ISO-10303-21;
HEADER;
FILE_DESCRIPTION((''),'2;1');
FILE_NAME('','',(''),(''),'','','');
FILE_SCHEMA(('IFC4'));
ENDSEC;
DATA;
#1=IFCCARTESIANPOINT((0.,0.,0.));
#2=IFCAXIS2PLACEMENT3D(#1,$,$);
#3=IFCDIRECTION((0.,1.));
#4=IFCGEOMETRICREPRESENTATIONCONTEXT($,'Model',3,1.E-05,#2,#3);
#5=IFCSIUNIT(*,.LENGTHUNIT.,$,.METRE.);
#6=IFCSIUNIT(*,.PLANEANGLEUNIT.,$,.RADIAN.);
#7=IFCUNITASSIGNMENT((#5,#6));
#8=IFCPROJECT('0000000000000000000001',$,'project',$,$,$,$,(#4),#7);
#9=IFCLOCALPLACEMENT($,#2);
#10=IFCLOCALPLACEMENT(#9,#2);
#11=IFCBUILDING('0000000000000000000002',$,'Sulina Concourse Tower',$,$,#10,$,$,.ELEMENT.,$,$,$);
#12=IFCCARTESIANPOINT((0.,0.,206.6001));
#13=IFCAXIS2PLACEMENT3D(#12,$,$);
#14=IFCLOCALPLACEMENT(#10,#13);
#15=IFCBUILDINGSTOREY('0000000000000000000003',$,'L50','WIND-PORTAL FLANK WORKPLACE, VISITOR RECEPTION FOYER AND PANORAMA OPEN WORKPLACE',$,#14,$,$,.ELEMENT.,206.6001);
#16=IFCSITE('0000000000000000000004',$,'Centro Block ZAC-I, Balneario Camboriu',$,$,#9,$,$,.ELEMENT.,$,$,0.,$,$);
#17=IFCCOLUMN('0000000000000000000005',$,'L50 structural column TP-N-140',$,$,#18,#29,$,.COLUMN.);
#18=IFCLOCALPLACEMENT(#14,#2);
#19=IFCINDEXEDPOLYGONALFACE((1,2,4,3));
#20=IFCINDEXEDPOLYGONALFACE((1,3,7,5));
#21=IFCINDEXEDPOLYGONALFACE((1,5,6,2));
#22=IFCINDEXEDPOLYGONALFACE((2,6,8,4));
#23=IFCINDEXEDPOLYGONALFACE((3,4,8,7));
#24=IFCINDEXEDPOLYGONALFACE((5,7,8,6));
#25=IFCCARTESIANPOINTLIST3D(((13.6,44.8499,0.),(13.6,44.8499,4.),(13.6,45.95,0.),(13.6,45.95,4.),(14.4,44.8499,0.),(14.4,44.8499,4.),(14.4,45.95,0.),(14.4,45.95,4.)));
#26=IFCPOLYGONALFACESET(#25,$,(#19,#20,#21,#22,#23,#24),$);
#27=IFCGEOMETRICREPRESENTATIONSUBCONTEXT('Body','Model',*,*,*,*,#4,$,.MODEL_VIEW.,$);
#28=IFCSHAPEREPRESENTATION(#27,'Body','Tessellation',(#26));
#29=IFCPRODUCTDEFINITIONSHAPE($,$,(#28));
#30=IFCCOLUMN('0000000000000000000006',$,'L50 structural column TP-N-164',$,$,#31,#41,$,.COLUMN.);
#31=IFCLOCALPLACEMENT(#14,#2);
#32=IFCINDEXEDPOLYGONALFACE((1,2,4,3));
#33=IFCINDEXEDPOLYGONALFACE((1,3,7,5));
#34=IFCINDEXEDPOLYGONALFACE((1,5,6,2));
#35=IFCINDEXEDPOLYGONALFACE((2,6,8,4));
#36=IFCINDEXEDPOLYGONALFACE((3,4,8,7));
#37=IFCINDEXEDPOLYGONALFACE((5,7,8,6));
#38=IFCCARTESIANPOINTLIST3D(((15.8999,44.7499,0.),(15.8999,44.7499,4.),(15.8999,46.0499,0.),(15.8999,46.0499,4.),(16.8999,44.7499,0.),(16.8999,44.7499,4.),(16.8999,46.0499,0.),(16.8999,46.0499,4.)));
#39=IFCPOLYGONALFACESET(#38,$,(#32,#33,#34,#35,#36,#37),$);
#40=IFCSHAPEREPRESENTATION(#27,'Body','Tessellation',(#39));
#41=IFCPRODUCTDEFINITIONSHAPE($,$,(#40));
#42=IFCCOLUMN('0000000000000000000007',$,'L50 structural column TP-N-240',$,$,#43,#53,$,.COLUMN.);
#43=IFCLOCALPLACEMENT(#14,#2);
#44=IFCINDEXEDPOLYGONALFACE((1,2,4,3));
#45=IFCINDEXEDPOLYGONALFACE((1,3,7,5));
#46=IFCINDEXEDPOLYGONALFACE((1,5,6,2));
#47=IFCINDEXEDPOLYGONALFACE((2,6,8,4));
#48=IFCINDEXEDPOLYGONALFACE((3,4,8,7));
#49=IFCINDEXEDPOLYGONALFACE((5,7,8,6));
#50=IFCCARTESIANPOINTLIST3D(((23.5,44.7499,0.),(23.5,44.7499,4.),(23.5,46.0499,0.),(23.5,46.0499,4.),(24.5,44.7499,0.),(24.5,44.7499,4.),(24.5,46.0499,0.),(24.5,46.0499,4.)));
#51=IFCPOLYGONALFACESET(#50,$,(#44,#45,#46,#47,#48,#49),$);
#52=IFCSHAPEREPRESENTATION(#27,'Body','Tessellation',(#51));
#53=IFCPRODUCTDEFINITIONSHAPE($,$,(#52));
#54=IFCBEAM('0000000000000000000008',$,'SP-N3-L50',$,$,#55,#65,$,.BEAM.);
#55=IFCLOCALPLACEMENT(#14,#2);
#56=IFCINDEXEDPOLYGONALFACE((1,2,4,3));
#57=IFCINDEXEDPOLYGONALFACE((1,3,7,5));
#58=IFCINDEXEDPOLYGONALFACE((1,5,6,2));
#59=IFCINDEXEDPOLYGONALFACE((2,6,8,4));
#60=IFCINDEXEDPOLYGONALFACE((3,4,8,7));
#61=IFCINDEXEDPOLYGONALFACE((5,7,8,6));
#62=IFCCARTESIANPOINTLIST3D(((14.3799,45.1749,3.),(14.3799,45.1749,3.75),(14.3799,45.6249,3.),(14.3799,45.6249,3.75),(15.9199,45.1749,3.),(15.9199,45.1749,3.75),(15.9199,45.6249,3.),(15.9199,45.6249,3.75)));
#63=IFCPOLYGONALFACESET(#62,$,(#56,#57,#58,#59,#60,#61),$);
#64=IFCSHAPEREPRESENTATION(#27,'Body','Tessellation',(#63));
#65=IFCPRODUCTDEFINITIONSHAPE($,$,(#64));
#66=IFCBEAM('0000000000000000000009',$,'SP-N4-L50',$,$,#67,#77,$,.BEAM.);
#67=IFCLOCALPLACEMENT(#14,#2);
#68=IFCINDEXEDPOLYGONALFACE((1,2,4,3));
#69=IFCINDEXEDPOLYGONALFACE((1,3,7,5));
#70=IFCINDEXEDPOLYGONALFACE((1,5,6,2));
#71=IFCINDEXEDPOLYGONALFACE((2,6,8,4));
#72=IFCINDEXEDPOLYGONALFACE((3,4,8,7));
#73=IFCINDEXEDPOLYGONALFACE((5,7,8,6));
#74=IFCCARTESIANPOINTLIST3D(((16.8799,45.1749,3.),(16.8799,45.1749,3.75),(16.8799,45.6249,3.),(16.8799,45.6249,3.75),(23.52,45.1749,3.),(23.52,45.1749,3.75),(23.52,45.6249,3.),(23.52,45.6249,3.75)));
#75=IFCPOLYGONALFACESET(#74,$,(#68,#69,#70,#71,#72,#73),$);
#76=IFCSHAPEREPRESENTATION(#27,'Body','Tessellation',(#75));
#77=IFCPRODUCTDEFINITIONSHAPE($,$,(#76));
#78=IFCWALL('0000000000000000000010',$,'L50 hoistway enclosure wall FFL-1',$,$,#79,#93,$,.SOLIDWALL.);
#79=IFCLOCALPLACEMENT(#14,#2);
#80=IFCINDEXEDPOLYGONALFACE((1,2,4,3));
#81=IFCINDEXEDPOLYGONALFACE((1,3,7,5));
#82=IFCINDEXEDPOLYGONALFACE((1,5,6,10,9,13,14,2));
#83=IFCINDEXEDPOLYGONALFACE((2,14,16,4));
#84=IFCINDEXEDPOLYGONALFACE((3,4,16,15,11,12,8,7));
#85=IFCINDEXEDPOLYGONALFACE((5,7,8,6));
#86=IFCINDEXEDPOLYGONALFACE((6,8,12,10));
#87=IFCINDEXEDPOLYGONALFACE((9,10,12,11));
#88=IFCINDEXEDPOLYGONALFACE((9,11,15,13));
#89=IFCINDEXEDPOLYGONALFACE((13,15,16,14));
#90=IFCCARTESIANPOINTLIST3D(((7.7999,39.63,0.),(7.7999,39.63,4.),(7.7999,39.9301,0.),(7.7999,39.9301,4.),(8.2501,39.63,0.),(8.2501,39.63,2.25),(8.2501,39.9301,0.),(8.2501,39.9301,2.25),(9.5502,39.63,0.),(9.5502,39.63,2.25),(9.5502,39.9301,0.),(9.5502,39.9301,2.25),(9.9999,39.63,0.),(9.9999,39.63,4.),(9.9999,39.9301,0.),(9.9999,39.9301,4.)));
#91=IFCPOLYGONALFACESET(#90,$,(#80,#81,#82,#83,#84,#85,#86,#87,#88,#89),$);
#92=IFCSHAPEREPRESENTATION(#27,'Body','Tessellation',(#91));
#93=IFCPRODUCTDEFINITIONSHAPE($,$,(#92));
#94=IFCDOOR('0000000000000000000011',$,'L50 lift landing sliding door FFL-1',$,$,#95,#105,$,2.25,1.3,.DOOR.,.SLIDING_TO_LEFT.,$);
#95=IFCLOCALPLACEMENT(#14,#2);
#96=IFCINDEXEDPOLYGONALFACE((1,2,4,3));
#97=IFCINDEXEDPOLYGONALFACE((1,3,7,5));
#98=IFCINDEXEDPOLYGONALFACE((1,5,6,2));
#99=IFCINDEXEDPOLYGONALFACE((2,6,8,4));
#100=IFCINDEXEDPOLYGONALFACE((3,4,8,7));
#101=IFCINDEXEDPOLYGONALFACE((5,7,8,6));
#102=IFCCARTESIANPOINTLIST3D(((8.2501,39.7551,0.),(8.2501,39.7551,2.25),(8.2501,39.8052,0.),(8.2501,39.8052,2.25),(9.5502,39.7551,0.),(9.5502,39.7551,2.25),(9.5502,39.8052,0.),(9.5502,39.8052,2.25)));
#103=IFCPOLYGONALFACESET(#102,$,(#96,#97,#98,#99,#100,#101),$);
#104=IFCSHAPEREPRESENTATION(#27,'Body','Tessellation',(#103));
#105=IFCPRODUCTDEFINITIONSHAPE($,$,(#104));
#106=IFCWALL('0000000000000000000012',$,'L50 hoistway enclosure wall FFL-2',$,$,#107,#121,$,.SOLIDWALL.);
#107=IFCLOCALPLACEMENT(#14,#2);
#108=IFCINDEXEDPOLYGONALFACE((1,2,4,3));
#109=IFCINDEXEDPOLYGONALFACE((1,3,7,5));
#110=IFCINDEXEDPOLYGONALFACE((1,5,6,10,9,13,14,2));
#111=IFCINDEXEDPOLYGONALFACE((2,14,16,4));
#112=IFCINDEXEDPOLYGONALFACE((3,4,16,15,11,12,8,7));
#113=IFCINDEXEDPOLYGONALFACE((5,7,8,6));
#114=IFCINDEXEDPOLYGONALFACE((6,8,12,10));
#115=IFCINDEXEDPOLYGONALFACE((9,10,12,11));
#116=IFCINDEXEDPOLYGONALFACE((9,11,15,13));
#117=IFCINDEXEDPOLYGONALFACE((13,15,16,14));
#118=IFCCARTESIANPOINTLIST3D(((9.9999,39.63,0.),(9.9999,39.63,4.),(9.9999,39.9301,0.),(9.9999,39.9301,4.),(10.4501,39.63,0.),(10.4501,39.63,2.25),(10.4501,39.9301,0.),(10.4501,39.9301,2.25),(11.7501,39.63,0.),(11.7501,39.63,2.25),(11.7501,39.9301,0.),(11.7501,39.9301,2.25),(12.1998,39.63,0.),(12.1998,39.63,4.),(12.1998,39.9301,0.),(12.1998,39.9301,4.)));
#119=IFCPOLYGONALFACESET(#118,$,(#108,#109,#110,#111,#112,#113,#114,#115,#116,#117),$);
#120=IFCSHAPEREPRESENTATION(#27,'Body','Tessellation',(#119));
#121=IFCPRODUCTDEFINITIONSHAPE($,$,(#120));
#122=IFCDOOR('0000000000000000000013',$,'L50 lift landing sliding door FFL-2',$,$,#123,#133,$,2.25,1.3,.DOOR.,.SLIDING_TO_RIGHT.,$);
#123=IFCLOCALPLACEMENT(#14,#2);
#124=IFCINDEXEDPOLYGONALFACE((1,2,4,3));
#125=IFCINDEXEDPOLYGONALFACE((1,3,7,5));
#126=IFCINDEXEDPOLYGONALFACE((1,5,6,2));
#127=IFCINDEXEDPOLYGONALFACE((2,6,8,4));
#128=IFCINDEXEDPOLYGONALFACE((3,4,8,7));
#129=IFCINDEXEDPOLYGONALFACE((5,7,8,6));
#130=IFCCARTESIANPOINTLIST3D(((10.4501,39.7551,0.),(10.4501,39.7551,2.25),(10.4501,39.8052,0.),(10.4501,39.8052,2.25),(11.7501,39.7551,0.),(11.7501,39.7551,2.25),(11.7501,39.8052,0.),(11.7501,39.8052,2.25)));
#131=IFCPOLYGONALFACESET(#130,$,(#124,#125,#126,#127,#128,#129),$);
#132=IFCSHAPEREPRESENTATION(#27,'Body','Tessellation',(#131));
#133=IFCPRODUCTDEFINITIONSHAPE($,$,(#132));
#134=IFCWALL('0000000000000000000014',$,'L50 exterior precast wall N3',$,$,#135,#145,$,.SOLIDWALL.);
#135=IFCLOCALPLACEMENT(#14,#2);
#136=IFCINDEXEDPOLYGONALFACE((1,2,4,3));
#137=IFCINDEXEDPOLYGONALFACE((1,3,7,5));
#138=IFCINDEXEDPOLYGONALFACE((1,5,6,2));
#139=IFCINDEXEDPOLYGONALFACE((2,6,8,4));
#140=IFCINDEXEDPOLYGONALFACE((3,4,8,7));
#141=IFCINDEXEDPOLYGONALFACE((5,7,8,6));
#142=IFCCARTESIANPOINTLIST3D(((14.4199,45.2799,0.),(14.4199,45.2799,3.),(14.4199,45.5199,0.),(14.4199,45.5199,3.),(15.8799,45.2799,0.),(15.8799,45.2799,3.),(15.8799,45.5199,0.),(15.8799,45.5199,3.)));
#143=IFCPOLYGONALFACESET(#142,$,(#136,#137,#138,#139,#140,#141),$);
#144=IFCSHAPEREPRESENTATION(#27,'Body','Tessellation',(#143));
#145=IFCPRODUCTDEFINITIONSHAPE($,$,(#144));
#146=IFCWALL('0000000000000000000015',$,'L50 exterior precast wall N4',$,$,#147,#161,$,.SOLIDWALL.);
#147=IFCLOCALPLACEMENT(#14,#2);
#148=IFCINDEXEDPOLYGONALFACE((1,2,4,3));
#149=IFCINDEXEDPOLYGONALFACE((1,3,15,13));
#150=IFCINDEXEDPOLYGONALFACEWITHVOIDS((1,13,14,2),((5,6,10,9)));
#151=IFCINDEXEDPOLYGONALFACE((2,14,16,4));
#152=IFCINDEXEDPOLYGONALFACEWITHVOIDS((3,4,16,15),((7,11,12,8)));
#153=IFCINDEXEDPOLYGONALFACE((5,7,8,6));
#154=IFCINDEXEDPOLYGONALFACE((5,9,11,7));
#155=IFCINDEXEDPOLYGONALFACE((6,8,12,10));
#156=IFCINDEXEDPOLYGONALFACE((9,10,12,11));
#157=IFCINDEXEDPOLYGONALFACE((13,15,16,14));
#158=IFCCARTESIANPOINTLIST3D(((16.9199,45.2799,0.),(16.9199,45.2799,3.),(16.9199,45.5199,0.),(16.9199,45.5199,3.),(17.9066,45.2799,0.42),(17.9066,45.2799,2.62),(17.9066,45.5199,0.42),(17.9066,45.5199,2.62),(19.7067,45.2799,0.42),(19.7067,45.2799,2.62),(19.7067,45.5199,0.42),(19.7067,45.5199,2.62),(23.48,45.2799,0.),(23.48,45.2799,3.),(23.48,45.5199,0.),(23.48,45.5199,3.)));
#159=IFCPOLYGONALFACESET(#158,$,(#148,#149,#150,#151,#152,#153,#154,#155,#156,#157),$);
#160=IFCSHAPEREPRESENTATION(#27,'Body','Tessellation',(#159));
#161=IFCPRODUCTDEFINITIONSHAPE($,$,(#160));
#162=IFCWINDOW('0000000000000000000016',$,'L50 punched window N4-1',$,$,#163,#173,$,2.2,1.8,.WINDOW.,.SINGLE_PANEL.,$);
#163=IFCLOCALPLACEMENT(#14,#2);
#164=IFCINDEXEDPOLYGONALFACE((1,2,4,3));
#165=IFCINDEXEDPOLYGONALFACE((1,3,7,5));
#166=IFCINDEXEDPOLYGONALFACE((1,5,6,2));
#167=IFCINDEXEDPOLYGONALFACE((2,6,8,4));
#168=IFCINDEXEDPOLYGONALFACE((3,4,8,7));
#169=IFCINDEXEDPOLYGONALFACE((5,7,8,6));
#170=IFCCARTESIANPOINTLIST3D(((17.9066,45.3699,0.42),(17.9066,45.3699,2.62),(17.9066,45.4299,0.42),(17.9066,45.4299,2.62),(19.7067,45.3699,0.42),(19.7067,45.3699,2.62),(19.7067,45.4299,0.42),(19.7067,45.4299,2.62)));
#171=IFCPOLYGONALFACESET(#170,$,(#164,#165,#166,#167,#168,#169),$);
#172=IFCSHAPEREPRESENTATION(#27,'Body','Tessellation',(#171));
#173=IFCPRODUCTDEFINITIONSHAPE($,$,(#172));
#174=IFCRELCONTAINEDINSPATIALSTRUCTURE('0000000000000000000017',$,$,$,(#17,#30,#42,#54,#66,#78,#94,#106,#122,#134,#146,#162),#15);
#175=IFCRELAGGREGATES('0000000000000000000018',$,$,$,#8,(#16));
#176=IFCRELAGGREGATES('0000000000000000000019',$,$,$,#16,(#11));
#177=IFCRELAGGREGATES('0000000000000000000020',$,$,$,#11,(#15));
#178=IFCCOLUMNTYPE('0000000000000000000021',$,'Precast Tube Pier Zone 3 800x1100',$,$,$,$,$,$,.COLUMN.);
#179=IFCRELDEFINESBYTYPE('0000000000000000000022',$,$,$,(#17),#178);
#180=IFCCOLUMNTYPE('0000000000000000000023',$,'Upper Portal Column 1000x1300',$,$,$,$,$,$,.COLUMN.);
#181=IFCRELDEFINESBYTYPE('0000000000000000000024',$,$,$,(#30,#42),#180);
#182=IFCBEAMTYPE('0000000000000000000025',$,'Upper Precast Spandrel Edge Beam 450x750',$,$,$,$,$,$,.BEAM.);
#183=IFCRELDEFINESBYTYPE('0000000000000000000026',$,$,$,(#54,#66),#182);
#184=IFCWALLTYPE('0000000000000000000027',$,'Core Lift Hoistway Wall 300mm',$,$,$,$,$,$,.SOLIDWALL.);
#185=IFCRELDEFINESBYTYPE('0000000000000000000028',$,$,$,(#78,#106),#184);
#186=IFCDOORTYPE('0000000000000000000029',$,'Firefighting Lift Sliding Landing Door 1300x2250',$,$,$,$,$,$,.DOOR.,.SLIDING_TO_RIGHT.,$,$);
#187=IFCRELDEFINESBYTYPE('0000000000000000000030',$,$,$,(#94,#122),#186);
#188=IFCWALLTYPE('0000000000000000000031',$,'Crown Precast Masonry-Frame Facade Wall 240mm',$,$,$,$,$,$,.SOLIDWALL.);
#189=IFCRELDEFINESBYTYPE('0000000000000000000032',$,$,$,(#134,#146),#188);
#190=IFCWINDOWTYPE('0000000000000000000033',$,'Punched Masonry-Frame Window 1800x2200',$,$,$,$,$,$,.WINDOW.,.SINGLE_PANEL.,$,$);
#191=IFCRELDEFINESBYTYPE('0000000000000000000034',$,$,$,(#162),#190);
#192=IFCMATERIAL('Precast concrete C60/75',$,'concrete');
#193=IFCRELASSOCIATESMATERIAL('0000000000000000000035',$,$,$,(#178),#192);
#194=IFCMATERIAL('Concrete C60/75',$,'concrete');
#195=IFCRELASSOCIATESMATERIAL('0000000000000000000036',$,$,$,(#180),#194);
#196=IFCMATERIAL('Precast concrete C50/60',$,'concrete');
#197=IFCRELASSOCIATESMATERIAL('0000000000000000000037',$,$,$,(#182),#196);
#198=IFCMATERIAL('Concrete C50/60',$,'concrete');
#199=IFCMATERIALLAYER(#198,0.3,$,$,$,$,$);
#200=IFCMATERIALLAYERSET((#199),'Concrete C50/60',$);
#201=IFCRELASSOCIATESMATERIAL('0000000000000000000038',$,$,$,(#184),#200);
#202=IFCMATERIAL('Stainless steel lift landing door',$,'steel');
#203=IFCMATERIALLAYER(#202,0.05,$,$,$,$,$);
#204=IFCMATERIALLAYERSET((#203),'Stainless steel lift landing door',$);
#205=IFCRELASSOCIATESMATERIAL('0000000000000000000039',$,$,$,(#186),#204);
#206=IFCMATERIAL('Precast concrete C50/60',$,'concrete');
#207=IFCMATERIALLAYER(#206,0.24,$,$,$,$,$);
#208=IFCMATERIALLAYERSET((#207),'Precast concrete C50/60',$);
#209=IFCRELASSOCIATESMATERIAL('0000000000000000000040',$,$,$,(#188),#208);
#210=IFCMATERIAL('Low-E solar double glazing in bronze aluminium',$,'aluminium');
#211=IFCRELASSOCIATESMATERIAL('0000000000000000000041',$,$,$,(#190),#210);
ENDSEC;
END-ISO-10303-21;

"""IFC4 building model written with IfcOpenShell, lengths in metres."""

from ifc_helpers import new_model, si_unit, direction, frame, frame_2d, origin, origin_2d, place, context, subcontext, project, spatial, rectangle, extrude, material, layer, layer_set, material_profile, profile_set, type_object, element, fill, save


model = new_model("IFC4")

# Units and contexts
model_context = context("Model", 3, precision=1e-05, world=origin(), true_north=direction((0.0, 1.0)))
body_context = subcontext(model_context, "Body", "Model", "MODEL_VIEW")
ifc_project = project(units=[si_unit("LENGTHUNIT", "METRE"), si_unit("PLANEANGLEUNIT", "RADIAN")], contexts=[model_context])

# Site, building, storey
site_placement = place(None, origin())
site = spatial("IfcSite", under=ifc_project, at=site_placement, Name="Centro Block ZAC-I, Balneario Camboriu", CompositionType="ELEMENT", RefElevation=0.0)
building_placement = place(site_placement, origin())
building = spatial("IfcBuilding", under=site, at=building_placement, Name="Sulina Concourse Tower", CompositionType="ELEMENT")
storey_placement = place(building_placement, frame((0.0, 0.0, 206.6001)))
storey = spatial("IfcBuildingStorey", under=building, at=storey_placement, Name="L50", Description="WIND-PORTAL FLANK WORKPLACE, VISITOR RECEPTION FOYER AND PANORAMA OPEN WORKPLACE", CompositionType="ELEMENT", Elevation=206.6001)

# Columns
ifc_material_1 = material(Name="Precast concrete C60/75", Category="concrete")
ifc_material_profile_1 = material_profile(ifc_material_1, rectangle(XDim=0.8, YDim=1.1001, at=origin_2d()), Name="PC 800x1100")
ifc_profile_set_1 = profile_set([ifc_material_profile_1], Name="Precast concrete C60/75")
column_type_1 = type_object("IfcColumnType", Name="Precast Tube Pier Zone 3 800x1100", PredefinedType="COLUMN", material=ifc_profile_set_1)
column_placement = place(storey_placement, frame((14.0, 45.3999, 0.0), z_axis=(0.0, 0.0, 1.0), x_axis=(1.0, 0.0, 0.0)))
element("IfcColumn", 1, at=column_placement, inside=storey, type_object=column_type_1, Name="L50 structural column TP-N-140", PredefinedType="COLUMN", context=body_context, shape_type="SweptSolid", body=[
    extrude(rectangle(XDim=0.8, YDim=1.1001, at=origin_2d()), origin(), (0.0, 0.0, 1.0), 4.0),
])
ifc_material_2 = material(Name="Concrete C60/75", Category="concrete")
ifc_material_profile_2 = material_profile(ifc_material_2, rectangle(XDim=1.0, YDim=1.3, at=origin_2d()), Name="RC 1000x1300")
ifc_profile_set_2 = profile_set([ifc_material_profile_2], Name="Concrete C60/75")
column_type_2 = type_object("IfcColumnType", Name="Upper Portal Column 1000x1300", PredefinedType="COLUMN", material=ifc_profile_set_2)
for number, where, z_axis, x_axis, name in (
    (2, (16.3999, 45.3999, 0.0), (0.0, 0.0, 1.0), (1.0, 0.0, 0.0), "L50 structural column TP-N-164"),
    (3, (24.0, 45.3999, 0.0), (0.0, 0.0, 1.0), (1.0, 0.0, 0.0), "L50 structural column TP-N-240"),
):
    element("IfcColumn", number, at=place(storey_placement, frame(where, z_axis=z_axis, x_axis=x_axis)), inside=storey, type_object=column_type_2, Name=name, PredefinedType="COLUMN", context=body_context, shape_type="SweptSolid", body=[
        extrude(rectangle(XDim=1.0, YDim=1.3, at=origin_2d()), origin(), (0.0, 0.0, 1.0), 4.0),
    ])

# Beams
ifc_material_3 = material(Name="Precast concrete C50/60", Category="concrete")
ifc_material_profile_3 = material_profile(ifc_material_3, rectangle(XDim=0.45, YDim=0.75, at=origin_2d()), Name="RC 450x750")
ifc_profile_set_3 = profile_set([ifc_material_profile_3], Name="Precast concrete C50/60")
beam_type = type_object("IfcBeamType", Name="Upper Precast Spandrel Edge Beam 450x750", PredefinedType="BEAM", material=ifc_profile_set_3)
beam_1_placement = place(storey_placement, frame((14.3799, 45.3999, 3.375), z_axis=(1.0, 0.0, 0.0), x_axis=(0.0, 1.0, 0.0)))
element("IfcBeam", 4, at=beam_1_placement, inside=storey, type_object=beam_type, Name="SP-N3-L50", PredefinedType="BEAM", context=body_context, shape_type="SweptSolid", body=[
    extrude(rectangle(XDim=0.45, YDim=0.75, at=origin_2d()), origin(), (0.0, 0.0, 1.0), 1.54),
])
beam_2_placement = place(storey_placement, frame((16.8799, 45.3999, 3.375), z_axis=(1.0, 0.0, 0.0), x_axis=(0.0, 1.0, 0.0)))
element("IfcBeam", 5, at=beam_2_placement, inside=storey, type_object=beam_type, Name="SP-N4-L50", PredefinedType="BEAM", context=body_context, shape_type="SweptSolid", body=[
    extrude(rectangle(XDim=0.45, YDim=0.75, at=origin_2d()), origin(), (0.0, 0.0, 1.0), 6.6401),
])

# Walls, openings, doors
ifc_material_4 = material(Name="Concrete C50/60", Category="concrete")
ifc_layer_1 = layer(ifc_material_4, 0.3)
ifc_layer_set_1 = layer_set([ifc_layer_1], Name="Concrete C50/60")
wall_type_1 = type_object("IfcWallType", Name="Core Lift Hoistway Wall 300mm", PredefinedType="SOLIDWALL", material=ifc_layer_set_1)
wall_1_placement = place(storey_placement, frame((10.0, 39.78, 0.0), z_axis=(0.0, 0.0, 1.0), x_axis=(-1.0, 0.0, 0.0)))
wall_1 = element("IfcWall", 6, at=wall_1_placement, inside=storey, type_object=wall_type_1, Name="L50 hoistway enclosure wall FFL-1", PredefinedType="SOLIDWALL", context=body_context, shape_type="SweptSolid", body=[
    extrude(rectangle(XDim=2.2, YDim=0.3, at=frame_2d((1.1001, 0.0))), origin(), (0.0, 0.0, 1.0), 4.0),
])
opening_1_placement = place(wall_1_placement, frame((0.45, 0.0, 0.0)))
opening_1 = element("IfcOpeningElement", 7, at=opening_1_placement, cuts=wall_1, PredefinedType="OPENING", context=body_context, shape_type="SweptSolid", body=[
    extrude(rectangle(XDim=1.3, YDim=2.25, at=frame_2d((0.6499, 1.125))), frame((0.0, 0.1599, 0.0), z_axis=(0.0, -1.0, 0.0), x_axis=(1.0, 0.0, 0.0)), (0.0, 0.0, 1.0), 0.3201),
])
ifc_material_5 = material(Name="Stainless steel lift landing door", Category="steel")
ifc_layer_2 = layer(ifc_material_5, 0.05)
ifc_layer_set_2 = layer_set([ifc_layer_2], Name="Stainless steel lift landing door")
door_type_1 = type_object("IfcDoorType", Name="Firefighting Lift Sliding Landing Door 1300x2250", OperationType="SLIDING_TO_RIGHT", PredefinedType="DOOR", material=ifc_layer_set_2)
door_1_placement = place(opening_1_placement, origin())
door_1 = element("IfcDoor", 8, at=door_1_placement, inside=storey, type_object=door_type_1, Name="L50 lift landing sliding door FFL-1", OperationType="SLIDING_TO_LEFT", OverallHeight=2.25, OverallWidth=1.3, PredefinedType="DOOR", context=body_context, shape_type="SweptSolid", body=[
    extrude(rectangle(XDim=1.3, YDim=2.25, at=frame_2d((0.6499, 1.125))), frame((0.0, 0.0249, 0.0), z_axis=(0.0, -1.0, 0.0), x_axis=(1.0, 0.0, 0.0)), (0.0, 0.0, 1.0), 0.05),
])
fill(opening_1, door_1)
wall_2_placement = place(storey_placement, frame((12.2, 39.78, 0.0), z_axis=(0.0, 0.0, 1.0), x_axis=(-1.0, 0.0, 0.0)))
wall_2 = element("IfcWall", 9, at=wall_2_placement, inside=storey, type_object=wall_type_1, Name="L50 hoistway enclosure wall FFL-2", PredefinedType="SOLIDWALL", context=body_context, shape_type="SweptSolid", body=[
    extrude(rectangle(XDim=2.2, YDim=0.3, at=frame_2d((1.1001, 0.0))), origin(), (0.0, 0.0, 1.0), 4.0),
])
opening_2_placement = place(wall_2_placement, frame((0.45, 0.0, 0.0)))
opening_2 = element("IfcOpeningElement", 10, at=opening_2_placement, cuts=wall_2, PredefinedType="OPENING", context=body_context, shape_type="SweptSolid", body=[
    extrude(rectangle(XDim=1.3, YDim=2.25, at=frame_2d((0.6499, 1.125))), frame((0.0, 0.1599, 0.0), z_axis=(0.0, -1.0, 0.0), x_axis=(1.0, 0.0, 0.0)), (0.0, 0.0, 1.0), 0.3201),
])
door_2_placement = place(opening_2_placement, origin())
door_2 = element("IfcDoor", 11, at=door_2_placement, inside=storey, type_object=door_type_1, Name="L50 lift landing sliding door FFL-2", OperationType="SLIDING_TO_RIGHT", OverallHeight=2.25, OverallWidth=1.3, PredefinedType="DOOR", context=body_context, shape_type="SweptSolid", body=[
    extrude(rectangle(XDim=1.3, YDim=2.25, at=frame_2d((0.6499, 1.125))), frame((0.0, 0.0249, 0.0), z_axis=(0.0, -1.0, 0.0), x_axis=(1.0, 0.0, 0.0)), (0.0, 0.0, 1.0), 0.05),
])
fill(opening_2, door_2)

# Wall
ifc_material_6 = material(Name="Precast concrete C50/60", Category="concrete")
ifc_layer_3 = layer(ifc_material_6, 0.24)
ifc_layer_set_3 = layer_set([ifc_layer_3], Name="Precast concrete C50/60")
wall_type_2 = type_object("IfcWallType", Name="Crown Precast Masonry-Frame Facade Wall 240mm", PredefinedType="SOLIDWALL", material=ifc_layer_set_3)
wall_3_placement = place(storey_placement, frame((14.4199, 45.3999, 0.0), z_axis=(0.0, 0.0, 1.0), x_axis=(1.0, 0.0, 0.0)))
element("IfcWall", 12, at=wall_3_placement, inside=storey, type_object=wall_type_2, Name="L50 exterior precast wall N3", PredefinedType="SOLIDWALL", context=body_context, shape_type="SweptSolid", body=[
    extrude(rectangle(XDim=1.46, YDim=0.24, at=frame_2d((0.73, 0.0))), origin(), (0.0, 0.0, 1.0), 3.0),
])

# Wall, opening, window
wall_4_placement = place(storey_placement, frame((16.9199, 45.3999, 0.0), z_axis=(0.0, 0.0, 1.0), x_axis=(1.0, 0.0, 0.0)))
wall_4 = element("IfcWall", 13, at=wall_4_placement, inside=storey, type_object=wall_type_2, Name="L50 exterior precast wall N4", PredefinedType="SOLIDWALL", context=body_context, shape_type="SweptSolid", body=[
    extrude(rectangle(XDim=6.5601, YDim=0.24, at=frame_2d((3.28, 0.0))), origin(), (0.0, 0.0, 1.0), 3.0),
])
opening_3_placement = place(wall_4_placement, frame((0.9868, 0.0, 0.4199)))
opening_3 = element("IfcOpeningElement", 14, at=opening_3_placement, cuts=wall_4, PredefinedType="OPENING", context=body_context, shape_type="SweptSolid", body=[
    extrude(rectangle(XDim=1.8, YDim=2.2, at=frame_2d((0.8999, 1.1001))), frame((0.0, 0.1299, 0.0), z_axis=(0.0, -1.0, 0.0), x_axis=(1.0, 0.0, 0.0)), (0.0, 0.0, 1.0), 0.26),
])
ifc_material_7 = material(Name="Low-E solar double glazing in bronze aluminium", Category="aluminium")
window_type = type_object("IfcWindowType", Name="Punched Masonry-Frame Window 1800x2200", PartitioningType="SINGLE_PANEL", PredefinedType="WINDOW", material=ifc_material_7)
window_placement = place(opening_3_placement, origin())
window = element("IfcWindow", 15, at=window_placement, inside=storey, type_object=window_type, Name="L50 punched window N4-1", OverallHeight=2.2, OverallWidth=1.8, PartitioningType="SINGLE_PANEL", PredefinedType="WINDOW", context=body_context, shape_type="SweptSolid", body=[
    extrude(rectangle(XDim=1.8, YDim=2.2, at=frame_2d((0.8999, 1.1001))), frame((0.0, 0.03, 0.0), z_axis=(0.0, -1.0, 0.0), x_axis=(1.0, 0.0, 0.0)), (0.0, 0.0, 1.0), 0.0601),
])
fill(opening_3, window)

save(model, "model.ifc")
